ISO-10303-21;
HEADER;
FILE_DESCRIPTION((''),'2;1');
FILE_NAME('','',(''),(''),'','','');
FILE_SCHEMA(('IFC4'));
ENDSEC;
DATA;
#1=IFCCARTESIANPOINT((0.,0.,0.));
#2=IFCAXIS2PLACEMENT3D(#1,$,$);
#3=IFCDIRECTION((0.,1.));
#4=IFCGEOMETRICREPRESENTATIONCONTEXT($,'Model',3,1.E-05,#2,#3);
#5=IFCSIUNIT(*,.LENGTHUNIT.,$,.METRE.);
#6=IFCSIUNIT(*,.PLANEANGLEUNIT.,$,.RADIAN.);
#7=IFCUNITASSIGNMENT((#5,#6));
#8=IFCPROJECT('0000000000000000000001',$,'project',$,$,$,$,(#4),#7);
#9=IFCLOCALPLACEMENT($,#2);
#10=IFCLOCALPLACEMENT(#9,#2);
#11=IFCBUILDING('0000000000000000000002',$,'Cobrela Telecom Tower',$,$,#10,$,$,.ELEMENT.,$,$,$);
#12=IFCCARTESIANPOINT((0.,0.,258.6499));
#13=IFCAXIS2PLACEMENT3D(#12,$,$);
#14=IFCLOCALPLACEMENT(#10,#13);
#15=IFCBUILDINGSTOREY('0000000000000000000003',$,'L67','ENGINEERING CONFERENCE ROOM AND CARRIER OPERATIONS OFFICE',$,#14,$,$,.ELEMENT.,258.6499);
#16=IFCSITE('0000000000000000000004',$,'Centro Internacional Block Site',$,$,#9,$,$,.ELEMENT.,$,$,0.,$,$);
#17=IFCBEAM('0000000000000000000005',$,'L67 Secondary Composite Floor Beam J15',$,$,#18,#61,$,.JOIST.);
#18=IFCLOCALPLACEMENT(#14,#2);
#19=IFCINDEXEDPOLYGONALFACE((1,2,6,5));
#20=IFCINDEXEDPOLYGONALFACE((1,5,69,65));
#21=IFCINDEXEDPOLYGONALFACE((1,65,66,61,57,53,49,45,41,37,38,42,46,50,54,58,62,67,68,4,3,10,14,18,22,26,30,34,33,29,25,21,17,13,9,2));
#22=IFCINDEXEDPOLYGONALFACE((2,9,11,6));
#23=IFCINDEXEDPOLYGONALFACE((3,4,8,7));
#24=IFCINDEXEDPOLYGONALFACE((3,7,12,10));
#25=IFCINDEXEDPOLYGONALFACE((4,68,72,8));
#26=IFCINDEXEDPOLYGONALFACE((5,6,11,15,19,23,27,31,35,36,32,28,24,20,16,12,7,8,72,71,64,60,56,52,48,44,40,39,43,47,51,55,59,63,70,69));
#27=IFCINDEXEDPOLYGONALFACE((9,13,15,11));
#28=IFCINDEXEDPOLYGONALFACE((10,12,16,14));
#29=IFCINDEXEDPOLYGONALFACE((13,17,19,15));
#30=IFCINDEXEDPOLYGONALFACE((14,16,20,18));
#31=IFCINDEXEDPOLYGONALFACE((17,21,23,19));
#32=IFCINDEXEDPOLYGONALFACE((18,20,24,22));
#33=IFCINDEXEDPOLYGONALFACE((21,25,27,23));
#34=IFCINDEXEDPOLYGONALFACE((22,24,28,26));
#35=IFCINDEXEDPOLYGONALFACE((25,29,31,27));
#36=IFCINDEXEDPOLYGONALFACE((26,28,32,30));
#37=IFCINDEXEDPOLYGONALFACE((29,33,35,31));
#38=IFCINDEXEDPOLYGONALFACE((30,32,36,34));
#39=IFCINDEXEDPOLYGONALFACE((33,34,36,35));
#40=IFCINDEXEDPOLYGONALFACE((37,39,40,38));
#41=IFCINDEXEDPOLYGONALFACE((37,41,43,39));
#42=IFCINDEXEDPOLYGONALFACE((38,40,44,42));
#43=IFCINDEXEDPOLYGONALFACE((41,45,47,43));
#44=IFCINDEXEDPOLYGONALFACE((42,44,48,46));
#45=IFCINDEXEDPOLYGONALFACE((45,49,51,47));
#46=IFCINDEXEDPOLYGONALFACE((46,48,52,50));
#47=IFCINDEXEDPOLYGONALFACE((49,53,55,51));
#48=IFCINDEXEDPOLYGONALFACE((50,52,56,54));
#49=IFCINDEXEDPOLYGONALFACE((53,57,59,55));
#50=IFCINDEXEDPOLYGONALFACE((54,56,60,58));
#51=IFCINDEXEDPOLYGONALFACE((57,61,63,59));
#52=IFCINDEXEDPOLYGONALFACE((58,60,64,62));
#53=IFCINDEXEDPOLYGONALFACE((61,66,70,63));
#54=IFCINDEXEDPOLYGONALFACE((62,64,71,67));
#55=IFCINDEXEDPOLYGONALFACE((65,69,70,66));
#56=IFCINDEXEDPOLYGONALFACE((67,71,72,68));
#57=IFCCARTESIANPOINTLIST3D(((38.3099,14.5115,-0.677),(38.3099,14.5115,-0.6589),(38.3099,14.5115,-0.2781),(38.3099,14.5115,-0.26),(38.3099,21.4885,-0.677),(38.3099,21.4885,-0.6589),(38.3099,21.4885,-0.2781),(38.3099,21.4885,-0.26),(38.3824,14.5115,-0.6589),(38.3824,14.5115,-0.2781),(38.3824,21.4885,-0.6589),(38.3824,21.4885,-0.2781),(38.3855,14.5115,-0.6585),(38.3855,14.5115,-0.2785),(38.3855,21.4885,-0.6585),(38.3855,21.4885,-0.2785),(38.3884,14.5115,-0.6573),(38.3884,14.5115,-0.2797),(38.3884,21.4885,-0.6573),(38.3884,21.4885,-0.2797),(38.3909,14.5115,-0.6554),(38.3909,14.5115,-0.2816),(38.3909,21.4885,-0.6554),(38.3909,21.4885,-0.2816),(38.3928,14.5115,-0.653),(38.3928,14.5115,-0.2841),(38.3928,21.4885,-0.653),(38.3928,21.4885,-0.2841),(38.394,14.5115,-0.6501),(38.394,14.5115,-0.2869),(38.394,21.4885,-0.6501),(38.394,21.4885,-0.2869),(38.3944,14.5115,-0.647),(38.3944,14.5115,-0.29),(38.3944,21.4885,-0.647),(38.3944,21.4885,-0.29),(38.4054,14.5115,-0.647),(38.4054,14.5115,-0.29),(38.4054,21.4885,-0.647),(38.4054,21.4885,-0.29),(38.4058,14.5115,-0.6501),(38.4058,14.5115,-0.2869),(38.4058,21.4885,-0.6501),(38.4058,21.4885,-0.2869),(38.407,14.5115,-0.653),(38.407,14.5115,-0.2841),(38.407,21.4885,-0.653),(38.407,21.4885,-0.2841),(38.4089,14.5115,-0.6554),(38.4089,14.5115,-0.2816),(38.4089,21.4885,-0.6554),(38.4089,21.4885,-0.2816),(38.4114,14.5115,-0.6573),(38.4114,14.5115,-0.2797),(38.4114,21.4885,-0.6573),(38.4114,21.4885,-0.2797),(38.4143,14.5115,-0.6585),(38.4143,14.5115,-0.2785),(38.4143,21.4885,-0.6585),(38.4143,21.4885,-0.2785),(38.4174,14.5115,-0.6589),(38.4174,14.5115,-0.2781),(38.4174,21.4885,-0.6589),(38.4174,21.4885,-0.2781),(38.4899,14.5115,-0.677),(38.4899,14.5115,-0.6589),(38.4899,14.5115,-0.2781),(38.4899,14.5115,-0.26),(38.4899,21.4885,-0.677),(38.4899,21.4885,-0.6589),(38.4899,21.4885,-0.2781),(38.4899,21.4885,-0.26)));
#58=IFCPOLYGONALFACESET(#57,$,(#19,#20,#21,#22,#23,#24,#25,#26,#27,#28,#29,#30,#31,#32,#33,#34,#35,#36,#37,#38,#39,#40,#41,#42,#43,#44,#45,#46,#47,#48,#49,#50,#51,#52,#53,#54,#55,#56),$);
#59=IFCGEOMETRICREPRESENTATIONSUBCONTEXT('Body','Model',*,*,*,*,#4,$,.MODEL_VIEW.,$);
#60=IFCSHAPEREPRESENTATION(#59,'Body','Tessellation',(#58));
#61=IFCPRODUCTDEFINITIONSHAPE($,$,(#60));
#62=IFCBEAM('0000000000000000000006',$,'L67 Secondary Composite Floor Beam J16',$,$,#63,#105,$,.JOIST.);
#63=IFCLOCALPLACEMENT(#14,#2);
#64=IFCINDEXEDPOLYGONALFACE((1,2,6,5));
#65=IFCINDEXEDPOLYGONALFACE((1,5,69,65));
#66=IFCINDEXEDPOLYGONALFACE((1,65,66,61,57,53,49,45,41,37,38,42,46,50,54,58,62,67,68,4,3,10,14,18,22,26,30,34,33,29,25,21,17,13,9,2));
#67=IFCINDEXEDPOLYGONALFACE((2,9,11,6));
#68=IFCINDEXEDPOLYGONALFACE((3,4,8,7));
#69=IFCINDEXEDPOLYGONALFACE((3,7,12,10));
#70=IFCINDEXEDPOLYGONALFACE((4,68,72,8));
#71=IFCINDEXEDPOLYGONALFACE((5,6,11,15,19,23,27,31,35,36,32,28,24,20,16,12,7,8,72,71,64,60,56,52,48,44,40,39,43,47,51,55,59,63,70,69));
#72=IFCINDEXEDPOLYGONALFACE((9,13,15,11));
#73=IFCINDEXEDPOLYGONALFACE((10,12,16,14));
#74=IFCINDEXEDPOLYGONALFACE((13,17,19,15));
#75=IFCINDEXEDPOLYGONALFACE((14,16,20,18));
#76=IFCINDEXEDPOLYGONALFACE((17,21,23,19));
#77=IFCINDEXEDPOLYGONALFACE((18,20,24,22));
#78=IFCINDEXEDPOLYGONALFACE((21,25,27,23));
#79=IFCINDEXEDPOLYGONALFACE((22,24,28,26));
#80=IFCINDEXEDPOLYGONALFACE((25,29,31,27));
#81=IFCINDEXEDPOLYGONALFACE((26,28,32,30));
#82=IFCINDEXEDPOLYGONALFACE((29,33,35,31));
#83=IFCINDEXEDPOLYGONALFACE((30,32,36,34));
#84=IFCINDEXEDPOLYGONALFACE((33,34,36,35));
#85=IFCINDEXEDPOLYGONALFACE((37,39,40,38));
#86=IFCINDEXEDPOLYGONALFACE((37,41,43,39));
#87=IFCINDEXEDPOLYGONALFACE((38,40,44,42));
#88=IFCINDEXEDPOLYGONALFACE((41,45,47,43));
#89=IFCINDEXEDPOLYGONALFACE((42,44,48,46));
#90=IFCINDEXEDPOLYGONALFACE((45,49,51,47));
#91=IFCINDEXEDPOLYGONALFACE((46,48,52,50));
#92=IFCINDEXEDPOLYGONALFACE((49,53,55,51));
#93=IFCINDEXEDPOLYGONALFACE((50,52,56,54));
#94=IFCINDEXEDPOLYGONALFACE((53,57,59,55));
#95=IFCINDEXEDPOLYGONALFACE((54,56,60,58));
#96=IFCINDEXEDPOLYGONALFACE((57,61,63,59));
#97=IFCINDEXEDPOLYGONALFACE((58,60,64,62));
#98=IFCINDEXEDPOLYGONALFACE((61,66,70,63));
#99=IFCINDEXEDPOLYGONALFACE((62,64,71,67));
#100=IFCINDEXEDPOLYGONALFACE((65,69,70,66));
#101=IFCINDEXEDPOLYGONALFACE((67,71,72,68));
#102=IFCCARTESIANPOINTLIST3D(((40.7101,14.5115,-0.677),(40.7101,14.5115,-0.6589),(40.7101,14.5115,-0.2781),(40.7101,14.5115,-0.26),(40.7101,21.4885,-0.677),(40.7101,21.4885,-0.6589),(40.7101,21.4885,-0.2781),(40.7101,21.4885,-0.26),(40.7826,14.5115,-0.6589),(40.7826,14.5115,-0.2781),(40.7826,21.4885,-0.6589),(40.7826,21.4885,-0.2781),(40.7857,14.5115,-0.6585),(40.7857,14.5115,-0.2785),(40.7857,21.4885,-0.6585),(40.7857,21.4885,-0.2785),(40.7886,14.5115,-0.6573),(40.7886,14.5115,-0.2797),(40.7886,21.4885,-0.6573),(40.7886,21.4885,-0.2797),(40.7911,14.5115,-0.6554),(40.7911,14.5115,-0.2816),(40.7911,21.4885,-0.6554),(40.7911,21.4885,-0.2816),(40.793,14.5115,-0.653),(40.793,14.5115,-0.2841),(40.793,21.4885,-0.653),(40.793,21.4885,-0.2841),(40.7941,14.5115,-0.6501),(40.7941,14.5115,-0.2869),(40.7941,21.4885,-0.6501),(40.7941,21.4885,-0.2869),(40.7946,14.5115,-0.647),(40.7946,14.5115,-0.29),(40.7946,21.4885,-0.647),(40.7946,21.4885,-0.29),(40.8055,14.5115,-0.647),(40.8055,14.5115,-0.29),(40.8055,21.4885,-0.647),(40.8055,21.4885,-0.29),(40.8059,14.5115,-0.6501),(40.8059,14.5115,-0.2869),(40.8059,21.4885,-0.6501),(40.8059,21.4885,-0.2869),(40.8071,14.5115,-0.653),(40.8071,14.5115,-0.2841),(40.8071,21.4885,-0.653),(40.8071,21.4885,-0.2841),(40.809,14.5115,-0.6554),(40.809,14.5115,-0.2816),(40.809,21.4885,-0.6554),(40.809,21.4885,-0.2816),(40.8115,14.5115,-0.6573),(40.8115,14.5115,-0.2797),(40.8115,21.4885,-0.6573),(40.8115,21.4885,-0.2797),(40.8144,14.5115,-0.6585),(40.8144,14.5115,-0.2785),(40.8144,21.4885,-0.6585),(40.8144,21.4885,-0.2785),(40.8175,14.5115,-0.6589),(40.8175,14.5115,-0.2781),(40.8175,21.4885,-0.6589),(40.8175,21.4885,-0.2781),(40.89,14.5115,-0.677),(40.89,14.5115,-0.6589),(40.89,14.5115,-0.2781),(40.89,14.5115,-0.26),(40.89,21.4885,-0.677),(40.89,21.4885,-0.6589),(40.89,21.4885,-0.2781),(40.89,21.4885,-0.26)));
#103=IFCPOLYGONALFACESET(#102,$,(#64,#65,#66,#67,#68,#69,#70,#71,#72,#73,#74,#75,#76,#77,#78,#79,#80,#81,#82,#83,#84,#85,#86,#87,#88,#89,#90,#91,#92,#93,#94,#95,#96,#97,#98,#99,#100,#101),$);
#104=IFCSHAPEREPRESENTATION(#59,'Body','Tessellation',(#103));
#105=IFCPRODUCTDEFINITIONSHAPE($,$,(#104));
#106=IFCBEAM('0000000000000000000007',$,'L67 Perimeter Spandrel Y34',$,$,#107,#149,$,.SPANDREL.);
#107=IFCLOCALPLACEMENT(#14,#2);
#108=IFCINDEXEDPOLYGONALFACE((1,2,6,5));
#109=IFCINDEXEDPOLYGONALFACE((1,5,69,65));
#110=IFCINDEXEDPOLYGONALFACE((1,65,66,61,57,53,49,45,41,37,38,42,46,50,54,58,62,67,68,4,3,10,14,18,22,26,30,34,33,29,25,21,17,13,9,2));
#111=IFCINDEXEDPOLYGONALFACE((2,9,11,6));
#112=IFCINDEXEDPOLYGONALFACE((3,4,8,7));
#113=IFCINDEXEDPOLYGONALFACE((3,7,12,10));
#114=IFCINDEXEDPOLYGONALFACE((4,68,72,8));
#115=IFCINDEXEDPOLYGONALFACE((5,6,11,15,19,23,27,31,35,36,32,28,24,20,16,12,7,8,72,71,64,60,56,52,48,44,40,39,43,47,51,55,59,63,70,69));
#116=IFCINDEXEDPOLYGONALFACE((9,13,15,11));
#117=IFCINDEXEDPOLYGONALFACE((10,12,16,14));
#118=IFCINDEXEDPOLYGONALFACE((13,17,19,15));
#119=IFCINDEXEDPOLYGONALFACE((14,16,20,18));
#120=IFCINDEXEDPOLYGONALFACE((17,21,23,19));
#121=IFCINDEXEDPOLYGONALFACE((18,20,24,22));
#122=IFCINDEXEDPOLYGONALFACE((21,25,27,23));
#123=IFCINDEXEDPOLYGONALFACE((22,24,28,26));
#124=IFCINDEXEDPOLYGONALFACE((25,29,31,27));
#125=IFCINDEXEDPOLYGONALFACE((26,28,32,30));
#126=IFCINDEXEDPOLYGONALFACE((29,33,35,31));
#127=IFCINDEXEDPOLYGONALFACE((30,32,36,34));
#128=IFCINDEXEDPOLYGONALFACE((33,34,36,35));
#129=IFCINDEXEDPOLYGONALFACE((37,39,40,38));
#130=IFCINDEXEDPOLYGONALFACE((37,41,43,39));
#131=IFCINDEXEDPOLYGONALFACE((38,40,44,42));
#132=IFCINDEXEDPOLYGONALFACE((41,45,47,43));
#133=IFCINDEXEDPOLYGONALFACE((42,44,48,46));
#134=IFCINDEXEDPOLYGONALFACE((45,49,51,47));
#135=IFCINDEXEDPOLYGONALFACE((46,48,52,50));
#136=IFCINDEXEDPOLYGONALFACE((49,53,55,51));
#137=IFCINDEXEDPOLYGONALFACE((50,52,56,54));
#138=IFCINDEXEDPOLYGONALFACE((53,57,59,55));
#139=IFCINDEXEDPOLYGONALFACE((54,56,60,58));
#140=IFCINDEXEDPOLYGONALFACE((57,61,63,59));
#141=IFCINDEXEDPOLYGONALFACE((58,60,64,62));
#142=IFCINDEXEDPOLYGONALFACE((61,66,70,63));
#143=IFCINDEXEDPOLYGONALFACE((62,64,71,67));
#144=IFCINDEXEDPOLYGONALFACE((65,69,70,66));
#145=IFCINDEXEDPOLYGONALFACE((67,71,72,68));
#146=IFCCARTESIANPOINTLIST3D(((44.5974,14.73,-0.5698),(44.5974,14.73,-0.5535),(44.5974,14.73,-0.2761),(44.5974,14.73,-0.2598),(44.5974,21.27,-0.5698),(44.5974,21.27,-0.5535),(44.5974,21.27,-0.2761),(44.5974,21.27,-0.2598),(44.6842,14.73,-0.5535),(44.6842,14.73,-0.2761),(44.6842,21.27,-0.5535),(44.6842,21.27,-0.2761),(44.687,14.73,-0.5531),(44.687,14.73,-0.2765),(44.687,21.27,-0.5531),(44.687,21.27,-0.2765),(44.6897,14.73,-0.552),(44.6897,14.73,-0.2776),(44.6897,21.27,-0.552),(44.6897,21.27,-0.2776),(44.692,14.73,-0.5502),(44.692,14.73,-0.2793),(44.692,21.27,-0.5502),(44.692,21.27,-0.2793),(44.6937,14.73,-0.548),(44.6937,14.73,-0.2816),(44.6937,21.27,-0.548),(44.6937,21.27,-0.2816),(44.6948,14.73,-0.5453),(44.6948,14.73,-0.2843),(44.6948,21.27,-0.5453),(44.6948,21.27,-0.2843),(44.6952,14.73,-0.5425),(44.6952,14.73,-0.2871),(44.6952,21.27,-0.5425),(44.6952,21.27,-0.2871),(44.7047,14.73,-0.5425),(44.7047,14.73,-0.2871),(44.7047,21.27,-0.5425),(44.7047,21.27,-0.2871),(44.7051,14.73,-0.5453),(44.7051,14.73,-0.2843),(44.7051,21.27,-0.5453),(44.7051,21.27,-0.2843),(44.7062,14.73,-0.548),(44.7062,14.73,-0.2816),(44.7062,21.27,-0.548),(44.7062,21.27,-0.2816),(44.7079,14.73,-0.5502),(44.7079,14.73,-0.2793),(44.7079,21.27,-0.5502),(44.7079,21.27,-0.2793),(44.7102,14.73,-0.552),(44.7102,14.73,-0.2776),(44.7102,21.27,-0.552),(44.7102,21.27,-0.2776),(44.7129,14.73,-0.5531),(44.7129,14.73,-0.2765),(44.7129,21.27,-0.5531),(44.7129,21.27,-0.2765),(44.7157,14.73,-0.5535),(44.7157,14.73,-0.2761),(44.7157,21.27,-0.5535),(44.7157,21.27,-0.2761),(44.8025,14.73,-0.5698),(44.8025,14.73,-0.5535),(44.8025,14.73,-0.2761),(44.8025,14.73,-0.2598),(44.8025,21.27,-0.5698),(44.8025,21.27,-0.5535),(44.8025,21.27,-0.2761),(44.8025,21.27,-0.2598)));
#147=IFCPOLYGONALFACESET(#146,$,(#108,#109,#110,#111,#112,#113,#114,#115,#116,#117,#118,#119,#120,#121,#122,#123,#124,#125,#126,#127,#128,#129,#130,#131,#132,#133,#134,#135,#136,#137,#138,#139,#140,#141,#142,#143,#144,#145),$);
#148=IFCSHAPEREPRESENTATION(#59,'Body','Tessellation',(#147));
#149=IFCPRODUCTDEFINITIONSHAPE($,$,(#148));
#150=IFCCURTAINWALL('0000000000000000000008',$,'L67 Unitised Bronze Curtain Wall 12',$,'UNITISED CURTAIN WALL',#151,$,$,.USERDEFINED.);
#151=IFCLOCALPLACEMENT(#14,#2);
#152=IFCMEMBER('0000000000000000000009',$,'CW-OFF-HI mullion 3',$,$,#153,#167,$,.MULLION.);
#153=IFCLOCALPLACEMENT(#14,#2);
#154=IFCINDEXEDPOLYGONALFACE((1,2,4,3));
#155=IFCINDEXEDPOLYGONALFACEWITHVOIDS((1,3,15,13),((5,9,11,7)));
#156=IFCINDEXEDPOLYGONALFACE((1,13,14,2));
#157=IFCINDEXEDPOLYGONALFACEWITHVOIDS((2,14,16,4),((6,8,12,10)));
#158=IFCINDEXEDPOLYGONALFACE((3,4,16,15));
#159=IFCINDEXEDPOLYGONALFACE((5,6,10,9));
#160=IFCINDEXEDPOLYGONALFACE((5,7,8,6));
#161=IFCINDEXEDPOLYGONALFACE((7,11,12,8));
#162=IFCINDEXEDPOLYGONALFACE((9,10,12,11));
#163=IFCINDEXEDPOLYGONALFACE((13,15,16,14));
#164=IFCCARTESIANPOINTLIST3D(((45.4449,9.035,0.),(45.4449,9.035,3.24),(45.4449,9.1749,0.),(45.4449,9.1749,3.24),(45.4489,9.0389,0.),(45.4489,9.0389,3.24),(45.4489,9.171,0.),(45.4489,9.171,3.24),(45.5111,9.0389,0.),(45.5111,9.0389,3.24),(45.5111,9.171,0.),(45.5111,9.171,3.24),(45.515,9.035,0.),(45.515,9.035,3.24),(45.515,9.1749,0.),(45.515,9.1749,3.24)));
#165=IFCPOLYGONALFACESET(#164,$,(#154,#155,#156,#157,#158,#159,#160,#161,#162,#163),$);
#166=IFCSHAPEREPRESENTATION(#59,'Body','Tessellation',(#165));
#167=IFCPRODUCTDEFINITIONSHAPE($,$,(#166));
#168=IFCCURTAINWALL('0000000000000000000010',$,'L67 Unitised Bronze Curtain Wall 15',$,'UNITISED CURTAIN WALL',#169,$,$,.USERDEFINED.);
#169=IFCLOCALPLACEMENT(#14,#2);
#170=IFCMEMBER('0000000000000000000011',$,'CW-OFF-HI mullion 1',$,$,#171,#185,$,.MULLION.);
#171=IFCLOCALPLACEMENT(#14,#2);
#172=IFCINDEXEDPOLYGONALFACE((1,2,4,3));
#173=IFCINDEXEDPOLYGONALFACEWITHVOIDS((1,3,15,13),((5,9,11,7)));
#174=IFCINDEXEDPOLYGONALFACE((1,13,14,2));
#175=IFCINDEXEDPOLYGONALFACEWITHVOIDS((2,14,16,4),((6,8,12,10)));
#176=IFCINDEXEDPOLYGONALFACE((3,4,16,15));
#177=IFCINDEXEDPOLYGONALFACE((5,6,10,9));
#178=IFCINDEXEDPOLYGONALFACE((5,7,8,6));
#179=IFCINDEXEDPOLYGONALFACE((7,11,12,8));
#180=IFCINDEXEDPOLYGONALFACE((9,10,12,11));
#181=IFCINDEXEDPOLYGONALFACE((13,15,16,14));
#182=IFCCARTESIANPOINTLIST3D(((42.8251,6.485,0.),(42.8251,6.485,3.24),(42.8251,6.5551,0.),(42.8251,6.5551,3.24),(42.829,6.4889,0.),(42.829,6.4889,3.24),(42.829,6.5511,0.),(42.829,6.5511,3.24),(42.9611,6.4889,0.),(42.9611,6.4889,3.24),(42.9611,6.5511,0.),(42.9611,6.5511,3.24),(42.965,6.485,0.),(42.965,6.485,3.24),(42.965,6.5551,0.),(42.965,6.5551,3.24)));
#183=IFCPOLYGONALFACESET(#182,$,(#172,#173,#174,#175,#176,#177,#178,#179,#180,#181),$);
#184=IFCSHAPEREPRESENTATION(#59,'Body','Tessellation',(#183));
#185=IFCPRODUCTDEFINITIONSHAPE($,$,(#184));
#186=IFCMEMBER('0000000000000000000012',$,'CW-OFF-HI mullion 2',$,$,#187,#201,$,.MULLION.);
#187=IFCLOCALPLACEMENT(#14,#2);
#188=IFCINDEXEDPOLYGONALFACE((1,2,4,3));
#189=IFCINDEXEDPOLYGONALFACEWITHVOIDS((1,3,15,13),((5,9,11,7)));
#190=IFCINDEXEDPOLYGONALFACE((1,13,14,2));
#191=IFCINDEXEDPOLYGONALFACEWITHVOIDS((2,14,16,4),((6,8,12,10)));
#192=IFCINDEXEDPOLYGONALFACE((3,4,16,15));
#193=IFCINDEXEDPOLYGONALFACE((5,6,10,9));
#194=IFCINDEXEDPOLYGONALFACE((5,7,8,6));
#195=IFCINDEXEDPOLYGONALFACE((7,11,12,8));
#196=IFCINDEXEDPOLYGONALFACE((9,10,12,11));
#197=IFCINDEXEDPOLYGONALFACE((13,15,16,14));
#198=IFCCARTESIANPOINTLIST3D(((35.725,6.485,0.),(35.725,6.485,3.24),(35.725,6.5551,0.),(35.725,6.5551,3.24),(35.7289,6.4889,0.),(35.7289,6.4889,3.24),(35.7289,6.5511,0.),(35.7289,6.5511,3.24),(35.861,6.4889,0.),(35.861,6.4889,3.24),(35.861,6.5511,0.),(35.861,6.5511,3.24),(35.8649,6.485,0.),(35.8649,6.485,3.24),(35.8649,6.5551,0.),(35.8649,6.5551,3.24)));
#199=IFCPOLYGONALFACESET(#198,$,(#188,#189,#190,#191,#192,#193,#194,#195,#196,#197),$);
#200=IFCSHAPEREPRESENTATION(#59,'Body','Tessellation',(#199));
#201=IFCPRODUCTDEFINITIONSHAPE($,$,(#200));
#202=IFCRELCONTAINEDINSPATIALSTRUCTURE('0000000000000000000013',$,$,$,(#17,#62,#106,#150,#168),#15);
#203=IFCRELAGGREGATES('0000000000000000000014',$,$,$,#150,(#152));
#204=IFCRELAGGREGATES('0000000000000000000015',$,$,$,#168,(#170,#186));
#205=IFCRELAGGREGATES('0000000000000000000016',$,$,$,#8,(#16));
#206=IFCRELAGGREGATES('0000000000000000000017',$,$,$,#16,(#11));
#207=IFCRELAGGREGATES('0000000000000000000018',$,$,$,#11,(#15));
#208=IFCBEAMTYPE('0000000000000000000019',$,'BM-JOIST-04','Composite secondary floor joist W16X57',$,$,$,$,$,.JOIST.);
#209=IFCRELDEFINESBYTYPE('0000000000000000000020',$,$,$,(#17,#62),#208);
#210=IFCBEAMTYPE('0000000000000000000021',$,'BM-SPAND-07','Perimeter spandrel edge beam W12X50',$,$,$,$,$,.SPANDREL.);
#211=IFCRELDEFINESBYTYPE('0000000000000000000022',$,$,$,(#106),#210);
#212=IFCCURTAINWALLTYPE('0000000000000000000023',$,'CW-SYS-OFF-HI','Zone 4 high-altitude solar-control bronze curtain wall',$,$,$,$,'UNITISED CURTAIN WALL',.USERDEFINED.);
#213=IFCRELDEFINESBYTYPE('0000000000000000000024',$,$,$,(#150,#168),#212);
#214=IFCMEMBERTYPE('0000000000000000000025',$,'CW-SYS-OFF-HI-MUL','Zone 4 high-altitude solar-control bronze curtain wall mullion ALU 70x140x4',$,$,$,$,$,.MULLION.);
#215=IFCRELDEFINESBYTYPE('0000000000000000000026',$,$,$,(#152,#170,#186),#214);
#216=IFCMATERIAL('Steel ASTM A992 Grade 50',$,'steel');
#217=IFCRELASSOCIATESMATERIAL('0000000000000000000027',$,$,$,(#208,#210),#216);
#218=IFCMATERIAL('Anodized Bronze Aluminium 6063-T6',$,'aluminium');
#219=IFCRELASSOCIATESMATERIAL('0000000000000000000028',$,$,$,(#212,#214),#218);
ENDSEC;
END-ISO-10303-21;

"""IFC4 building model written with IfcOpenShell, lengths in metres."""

from ifc_helpers import new_model, si_unit, direction, frame, origin, origin_2d, place, context, subcontext, project, spatial, hollow_rectangle, i_section, extrude, material, material_profile, profile_set, type_object, element, aggregate, save


model = new_model("IFC4")

# Units and contexts
model_context = context("Model", 3, precision=1e-05, world=origin(), true_north=direction((0.0, 1.0)))
body_context = subcontext(model_context, "Body", "Model", "MODEL_VIEW")
ifc_project = project(units=[si_unit("LENGTHUNIT", "METRE"), si_unit("PLANEANGLEUNIT", "RADIAN")], contexts=[model_context])

# Site, building, storey
site_placement = place(None, origin())
site = spatial("IfcSite", under=ifc_project, at=site_placement, Name="Centro Internacional Block Site", CompositionType="ELEMENT", RefElevation=0.0)
building_placement = place(site_placement, origin())
building = spatial("IfcBuilding", under=site, at=building_placement, Name="Cobrela Telecom Tower", CompositionType="ELEMENT")
storey_placement = place(building_placement, frame((0.0, 0.0, 258.6499)))
storey = spatial("IfcBuildingStorey", under=building, at=storey_placement, Name="L67", Description="ENGINEERING CONFERENCE ROOM AND CARRIER OPERATIONS OFFICE", CompositionType="ELEMENT", Elevation=258.6499)

# Shared definitions
ifc_material_1 = material(Name="Steel ASTM A992 Grade 50", Category="steel")

# Beams
ifc_material_profile_1 = material_profile(ifc_material_1, i_section(OverallWidth=0.1799, OverallDepth=0.417, WebThickness=0.011, FlangeThickness=0.0181, FilletRadius=0.012, at=origin_2d()), Name="W16X57")
ifc_profile_set_1 = profile_set([ifc_material_profile_1], Name="Steel ASTM A992 Grade 50")
beam_type_1 = type_object("IfcBeamType", Name="BM-JOIST-04", Description="Composite secondary floor joist W16X57", PredefinedType="JOIST", material=ifc_profile_set_1)
for number, where, z_axis, x_axis, name in (
    (1, (38.3999, 14.5115, -0.4685), (0.0, 1.0, 0.0), (-1.0, 0.0, 0.0), "L67 Secondary Composite Floor Beam J15"),
    (2, (40.8, 14.5115, -0.4685), (0.0, 1.0, 0.0), (-1.0, 0.0, 0.0), "L67 Secondary Composite Floor Beam J16"),
):
    element("IfcBeam", number, at=place(storey_placement, frame(where, z_axis=z_axis, x_axis=x_axis)), inside=storey, type_object=beam_type_1, Name=name, PredefinedType="JOIST", context=body_context, shape_type="SweptSolid", body=[
        extrude(i_section(OverallWidth=0.1799, OverallDepth=0.417, WebThickness=0.011, FlangeThickness=0.0181, FilletRadius=0.012, at=origin_2d()), origin(), (0.0, 0.0, 1.0), 6.9771),
    ])
ifc_material_profile_2 = material_profile(ifc_material_1, i_section(OverallWidth=0.2051, OverallDepth=0.3101, WebThickness=0.0095, FlangeThickness=0.0164, FilletRadius=0.011, at=origin_2d()), Name="W12X50")
ifc_profile_set_2 = profile_set([ifc_material_profile_2], Name="Steel ASTM A992 Grade 50")
beam_type_2 = type_object("IfcBeamType", Name="BM-SPAND-07", Description="Perimeter spandrel edge beam W12X50", PredefinedType="SPANDREL", material=ifc_profile_set_2)
beam_1_placement = place(storey_placement, frame((44.7, 14.73, -0.4148), z_axis=(0.0, 1.0, 0.0), x_axis=(-1.0, 0.0, 0.0)))
element("IfcBeam", 3, at=beam_1_placement, inside=storey, type_object=beam_type_2, Name="L67 Perimeter Spandrel Y34", PredefinedType="SPANDREL", context=body_context, shape_type="SweptSolid", body=[
    extrude(i_section(OverallWidth=0.2051, OverallDepth=0.3101, WebThickness=0.0095, FlangeThickness=0.0164, FilletRadius=0.011, at=origin_2d()), origin(), (0.0, 0.0, 1.0), 6.54),
])

# Curtain wall, member
ifc_material_2 = material(Name="Anodized Bronze Aluminium 6063-T6", Category="aluminium")
curtain_wall_type = type_object("IfcCurtainWallType", Name="CW-SYS-OFF-HI", Description="Zone 4 high-altitude solar-control bronze curtain wall", ElementType="UNITISED CURTAIN WALL", PredefinedType="USERDEFINED", material=ifc_material_2)
curtain_wall_1_placement = place(storey_placement, origin())
curtain_wall_1 = element("IfcCurtainWall", 4, at=curtain_wall_1_placement, inside=storey, type_object=curtain_wall_type, Name="L67 Unitised Bronze Curtain Wall 12", ObjectType="UNITISED CURTAIN WALL", PredefinedType="USERDEFINED")
ifc_material_profile_3 = material_profile(ifc_material_2, hollow_rectangle(XDim=0.0701, YDim=0.1399, WallThickness=0.0039, at=origin_2d()), Name="ALU 70x140x4")
ifc_profile_set_3 = profile_set([ifc_material_profile_3], Name="Anodized Bronze Aluminium 6063-T6")
member_type_1 = type_object("IfcMemberType", Name="CW-SYS-OFF-HI-MUL", Description="Zone 4 high-altitude solar-control bronze curtain wall mullion ALU 70x140x4", PredefinedType="MULLION", material=ifc_profile_set_3)
member_1_placement = place(storey_placement, frame((45.48, 9.105, 0.0), z_axis=(0.0, 0.0, 1.0), x_axis=(1.0, 0.0, 0.0)))
member_1 = element("IfcMember", 5, at=member_1_placement, type_object=member_type_1, Name="CW-OFF-HI mullion 3", PredefinedType="MULLION", context=body_context, shape_type="SweptSolid", body=[
    extrude(hollow_rectangle(XDim=0.0701, YDim=0.1399, WallThickness=0.0039, at=origin_2d()), origin(), (0.0, 0.0, 1.0), 3.24),
])

# Curtain wall, members
curtain_wall_2_placement = place(storey_placement, origin())
curtain_wall_2 = element("IfcCurtainWall", 6, at=curtain_wall_2_placement, inside=storey, type_object=curtain_wall_type, Name="L67 Unitised Bronze Curtain Wall 15", ObjectType="UNITISED CURTAIN WALL", PredefinedType="USERDEFINED")
member_2_placement = place(storey_placement, frame((42.895, 6.52, 0.0), z_axis=(0.0, 0.0, 1.0), x_axis=(0.0, -1.0, 0.0)))
member_2 = element("IfcMember", 7, at=member_2_placement, type_object=member_type_1, Name="CW-OFF-HI mullion 1", PredefinedType="MULLION", context=body_context, shape_type="SweptSolid", body=[
    extrude(hollow_rectangle(XDim=0.0701, YDim=0.1399, WallThickness=0.0039, at=origin_2d()), origin(), (0.0, 0.0, 1.0), 3.24),
])
member_3_placement = place(storey_placement, frame((35.7949, 6.52, 0.0), z_axis=(0.0, 0.0, 1.0), x_axis=(0.0, -1.0, 0.0)))
member_3 = element("IfcMember", 8, at=member_3_placement, type_object=member_type_1, Name="CW-OFF-HI mullion 2", PredefinedType="MULLION", context=body_context, shape_type="SweptSolid", body=[
    extrude(hollow_rectangle(XDim=0.0701, YDim=0.1399, WallThickness=0.0039, at=origin_2d()), origin(), (0.0, 0.0, 1.0), 3.24),
])

aggregate(curtain_wall_1, [member_1])
aggregate(curtain_wall_2, [member_2, member_3])

save(model, "model.ifc")
